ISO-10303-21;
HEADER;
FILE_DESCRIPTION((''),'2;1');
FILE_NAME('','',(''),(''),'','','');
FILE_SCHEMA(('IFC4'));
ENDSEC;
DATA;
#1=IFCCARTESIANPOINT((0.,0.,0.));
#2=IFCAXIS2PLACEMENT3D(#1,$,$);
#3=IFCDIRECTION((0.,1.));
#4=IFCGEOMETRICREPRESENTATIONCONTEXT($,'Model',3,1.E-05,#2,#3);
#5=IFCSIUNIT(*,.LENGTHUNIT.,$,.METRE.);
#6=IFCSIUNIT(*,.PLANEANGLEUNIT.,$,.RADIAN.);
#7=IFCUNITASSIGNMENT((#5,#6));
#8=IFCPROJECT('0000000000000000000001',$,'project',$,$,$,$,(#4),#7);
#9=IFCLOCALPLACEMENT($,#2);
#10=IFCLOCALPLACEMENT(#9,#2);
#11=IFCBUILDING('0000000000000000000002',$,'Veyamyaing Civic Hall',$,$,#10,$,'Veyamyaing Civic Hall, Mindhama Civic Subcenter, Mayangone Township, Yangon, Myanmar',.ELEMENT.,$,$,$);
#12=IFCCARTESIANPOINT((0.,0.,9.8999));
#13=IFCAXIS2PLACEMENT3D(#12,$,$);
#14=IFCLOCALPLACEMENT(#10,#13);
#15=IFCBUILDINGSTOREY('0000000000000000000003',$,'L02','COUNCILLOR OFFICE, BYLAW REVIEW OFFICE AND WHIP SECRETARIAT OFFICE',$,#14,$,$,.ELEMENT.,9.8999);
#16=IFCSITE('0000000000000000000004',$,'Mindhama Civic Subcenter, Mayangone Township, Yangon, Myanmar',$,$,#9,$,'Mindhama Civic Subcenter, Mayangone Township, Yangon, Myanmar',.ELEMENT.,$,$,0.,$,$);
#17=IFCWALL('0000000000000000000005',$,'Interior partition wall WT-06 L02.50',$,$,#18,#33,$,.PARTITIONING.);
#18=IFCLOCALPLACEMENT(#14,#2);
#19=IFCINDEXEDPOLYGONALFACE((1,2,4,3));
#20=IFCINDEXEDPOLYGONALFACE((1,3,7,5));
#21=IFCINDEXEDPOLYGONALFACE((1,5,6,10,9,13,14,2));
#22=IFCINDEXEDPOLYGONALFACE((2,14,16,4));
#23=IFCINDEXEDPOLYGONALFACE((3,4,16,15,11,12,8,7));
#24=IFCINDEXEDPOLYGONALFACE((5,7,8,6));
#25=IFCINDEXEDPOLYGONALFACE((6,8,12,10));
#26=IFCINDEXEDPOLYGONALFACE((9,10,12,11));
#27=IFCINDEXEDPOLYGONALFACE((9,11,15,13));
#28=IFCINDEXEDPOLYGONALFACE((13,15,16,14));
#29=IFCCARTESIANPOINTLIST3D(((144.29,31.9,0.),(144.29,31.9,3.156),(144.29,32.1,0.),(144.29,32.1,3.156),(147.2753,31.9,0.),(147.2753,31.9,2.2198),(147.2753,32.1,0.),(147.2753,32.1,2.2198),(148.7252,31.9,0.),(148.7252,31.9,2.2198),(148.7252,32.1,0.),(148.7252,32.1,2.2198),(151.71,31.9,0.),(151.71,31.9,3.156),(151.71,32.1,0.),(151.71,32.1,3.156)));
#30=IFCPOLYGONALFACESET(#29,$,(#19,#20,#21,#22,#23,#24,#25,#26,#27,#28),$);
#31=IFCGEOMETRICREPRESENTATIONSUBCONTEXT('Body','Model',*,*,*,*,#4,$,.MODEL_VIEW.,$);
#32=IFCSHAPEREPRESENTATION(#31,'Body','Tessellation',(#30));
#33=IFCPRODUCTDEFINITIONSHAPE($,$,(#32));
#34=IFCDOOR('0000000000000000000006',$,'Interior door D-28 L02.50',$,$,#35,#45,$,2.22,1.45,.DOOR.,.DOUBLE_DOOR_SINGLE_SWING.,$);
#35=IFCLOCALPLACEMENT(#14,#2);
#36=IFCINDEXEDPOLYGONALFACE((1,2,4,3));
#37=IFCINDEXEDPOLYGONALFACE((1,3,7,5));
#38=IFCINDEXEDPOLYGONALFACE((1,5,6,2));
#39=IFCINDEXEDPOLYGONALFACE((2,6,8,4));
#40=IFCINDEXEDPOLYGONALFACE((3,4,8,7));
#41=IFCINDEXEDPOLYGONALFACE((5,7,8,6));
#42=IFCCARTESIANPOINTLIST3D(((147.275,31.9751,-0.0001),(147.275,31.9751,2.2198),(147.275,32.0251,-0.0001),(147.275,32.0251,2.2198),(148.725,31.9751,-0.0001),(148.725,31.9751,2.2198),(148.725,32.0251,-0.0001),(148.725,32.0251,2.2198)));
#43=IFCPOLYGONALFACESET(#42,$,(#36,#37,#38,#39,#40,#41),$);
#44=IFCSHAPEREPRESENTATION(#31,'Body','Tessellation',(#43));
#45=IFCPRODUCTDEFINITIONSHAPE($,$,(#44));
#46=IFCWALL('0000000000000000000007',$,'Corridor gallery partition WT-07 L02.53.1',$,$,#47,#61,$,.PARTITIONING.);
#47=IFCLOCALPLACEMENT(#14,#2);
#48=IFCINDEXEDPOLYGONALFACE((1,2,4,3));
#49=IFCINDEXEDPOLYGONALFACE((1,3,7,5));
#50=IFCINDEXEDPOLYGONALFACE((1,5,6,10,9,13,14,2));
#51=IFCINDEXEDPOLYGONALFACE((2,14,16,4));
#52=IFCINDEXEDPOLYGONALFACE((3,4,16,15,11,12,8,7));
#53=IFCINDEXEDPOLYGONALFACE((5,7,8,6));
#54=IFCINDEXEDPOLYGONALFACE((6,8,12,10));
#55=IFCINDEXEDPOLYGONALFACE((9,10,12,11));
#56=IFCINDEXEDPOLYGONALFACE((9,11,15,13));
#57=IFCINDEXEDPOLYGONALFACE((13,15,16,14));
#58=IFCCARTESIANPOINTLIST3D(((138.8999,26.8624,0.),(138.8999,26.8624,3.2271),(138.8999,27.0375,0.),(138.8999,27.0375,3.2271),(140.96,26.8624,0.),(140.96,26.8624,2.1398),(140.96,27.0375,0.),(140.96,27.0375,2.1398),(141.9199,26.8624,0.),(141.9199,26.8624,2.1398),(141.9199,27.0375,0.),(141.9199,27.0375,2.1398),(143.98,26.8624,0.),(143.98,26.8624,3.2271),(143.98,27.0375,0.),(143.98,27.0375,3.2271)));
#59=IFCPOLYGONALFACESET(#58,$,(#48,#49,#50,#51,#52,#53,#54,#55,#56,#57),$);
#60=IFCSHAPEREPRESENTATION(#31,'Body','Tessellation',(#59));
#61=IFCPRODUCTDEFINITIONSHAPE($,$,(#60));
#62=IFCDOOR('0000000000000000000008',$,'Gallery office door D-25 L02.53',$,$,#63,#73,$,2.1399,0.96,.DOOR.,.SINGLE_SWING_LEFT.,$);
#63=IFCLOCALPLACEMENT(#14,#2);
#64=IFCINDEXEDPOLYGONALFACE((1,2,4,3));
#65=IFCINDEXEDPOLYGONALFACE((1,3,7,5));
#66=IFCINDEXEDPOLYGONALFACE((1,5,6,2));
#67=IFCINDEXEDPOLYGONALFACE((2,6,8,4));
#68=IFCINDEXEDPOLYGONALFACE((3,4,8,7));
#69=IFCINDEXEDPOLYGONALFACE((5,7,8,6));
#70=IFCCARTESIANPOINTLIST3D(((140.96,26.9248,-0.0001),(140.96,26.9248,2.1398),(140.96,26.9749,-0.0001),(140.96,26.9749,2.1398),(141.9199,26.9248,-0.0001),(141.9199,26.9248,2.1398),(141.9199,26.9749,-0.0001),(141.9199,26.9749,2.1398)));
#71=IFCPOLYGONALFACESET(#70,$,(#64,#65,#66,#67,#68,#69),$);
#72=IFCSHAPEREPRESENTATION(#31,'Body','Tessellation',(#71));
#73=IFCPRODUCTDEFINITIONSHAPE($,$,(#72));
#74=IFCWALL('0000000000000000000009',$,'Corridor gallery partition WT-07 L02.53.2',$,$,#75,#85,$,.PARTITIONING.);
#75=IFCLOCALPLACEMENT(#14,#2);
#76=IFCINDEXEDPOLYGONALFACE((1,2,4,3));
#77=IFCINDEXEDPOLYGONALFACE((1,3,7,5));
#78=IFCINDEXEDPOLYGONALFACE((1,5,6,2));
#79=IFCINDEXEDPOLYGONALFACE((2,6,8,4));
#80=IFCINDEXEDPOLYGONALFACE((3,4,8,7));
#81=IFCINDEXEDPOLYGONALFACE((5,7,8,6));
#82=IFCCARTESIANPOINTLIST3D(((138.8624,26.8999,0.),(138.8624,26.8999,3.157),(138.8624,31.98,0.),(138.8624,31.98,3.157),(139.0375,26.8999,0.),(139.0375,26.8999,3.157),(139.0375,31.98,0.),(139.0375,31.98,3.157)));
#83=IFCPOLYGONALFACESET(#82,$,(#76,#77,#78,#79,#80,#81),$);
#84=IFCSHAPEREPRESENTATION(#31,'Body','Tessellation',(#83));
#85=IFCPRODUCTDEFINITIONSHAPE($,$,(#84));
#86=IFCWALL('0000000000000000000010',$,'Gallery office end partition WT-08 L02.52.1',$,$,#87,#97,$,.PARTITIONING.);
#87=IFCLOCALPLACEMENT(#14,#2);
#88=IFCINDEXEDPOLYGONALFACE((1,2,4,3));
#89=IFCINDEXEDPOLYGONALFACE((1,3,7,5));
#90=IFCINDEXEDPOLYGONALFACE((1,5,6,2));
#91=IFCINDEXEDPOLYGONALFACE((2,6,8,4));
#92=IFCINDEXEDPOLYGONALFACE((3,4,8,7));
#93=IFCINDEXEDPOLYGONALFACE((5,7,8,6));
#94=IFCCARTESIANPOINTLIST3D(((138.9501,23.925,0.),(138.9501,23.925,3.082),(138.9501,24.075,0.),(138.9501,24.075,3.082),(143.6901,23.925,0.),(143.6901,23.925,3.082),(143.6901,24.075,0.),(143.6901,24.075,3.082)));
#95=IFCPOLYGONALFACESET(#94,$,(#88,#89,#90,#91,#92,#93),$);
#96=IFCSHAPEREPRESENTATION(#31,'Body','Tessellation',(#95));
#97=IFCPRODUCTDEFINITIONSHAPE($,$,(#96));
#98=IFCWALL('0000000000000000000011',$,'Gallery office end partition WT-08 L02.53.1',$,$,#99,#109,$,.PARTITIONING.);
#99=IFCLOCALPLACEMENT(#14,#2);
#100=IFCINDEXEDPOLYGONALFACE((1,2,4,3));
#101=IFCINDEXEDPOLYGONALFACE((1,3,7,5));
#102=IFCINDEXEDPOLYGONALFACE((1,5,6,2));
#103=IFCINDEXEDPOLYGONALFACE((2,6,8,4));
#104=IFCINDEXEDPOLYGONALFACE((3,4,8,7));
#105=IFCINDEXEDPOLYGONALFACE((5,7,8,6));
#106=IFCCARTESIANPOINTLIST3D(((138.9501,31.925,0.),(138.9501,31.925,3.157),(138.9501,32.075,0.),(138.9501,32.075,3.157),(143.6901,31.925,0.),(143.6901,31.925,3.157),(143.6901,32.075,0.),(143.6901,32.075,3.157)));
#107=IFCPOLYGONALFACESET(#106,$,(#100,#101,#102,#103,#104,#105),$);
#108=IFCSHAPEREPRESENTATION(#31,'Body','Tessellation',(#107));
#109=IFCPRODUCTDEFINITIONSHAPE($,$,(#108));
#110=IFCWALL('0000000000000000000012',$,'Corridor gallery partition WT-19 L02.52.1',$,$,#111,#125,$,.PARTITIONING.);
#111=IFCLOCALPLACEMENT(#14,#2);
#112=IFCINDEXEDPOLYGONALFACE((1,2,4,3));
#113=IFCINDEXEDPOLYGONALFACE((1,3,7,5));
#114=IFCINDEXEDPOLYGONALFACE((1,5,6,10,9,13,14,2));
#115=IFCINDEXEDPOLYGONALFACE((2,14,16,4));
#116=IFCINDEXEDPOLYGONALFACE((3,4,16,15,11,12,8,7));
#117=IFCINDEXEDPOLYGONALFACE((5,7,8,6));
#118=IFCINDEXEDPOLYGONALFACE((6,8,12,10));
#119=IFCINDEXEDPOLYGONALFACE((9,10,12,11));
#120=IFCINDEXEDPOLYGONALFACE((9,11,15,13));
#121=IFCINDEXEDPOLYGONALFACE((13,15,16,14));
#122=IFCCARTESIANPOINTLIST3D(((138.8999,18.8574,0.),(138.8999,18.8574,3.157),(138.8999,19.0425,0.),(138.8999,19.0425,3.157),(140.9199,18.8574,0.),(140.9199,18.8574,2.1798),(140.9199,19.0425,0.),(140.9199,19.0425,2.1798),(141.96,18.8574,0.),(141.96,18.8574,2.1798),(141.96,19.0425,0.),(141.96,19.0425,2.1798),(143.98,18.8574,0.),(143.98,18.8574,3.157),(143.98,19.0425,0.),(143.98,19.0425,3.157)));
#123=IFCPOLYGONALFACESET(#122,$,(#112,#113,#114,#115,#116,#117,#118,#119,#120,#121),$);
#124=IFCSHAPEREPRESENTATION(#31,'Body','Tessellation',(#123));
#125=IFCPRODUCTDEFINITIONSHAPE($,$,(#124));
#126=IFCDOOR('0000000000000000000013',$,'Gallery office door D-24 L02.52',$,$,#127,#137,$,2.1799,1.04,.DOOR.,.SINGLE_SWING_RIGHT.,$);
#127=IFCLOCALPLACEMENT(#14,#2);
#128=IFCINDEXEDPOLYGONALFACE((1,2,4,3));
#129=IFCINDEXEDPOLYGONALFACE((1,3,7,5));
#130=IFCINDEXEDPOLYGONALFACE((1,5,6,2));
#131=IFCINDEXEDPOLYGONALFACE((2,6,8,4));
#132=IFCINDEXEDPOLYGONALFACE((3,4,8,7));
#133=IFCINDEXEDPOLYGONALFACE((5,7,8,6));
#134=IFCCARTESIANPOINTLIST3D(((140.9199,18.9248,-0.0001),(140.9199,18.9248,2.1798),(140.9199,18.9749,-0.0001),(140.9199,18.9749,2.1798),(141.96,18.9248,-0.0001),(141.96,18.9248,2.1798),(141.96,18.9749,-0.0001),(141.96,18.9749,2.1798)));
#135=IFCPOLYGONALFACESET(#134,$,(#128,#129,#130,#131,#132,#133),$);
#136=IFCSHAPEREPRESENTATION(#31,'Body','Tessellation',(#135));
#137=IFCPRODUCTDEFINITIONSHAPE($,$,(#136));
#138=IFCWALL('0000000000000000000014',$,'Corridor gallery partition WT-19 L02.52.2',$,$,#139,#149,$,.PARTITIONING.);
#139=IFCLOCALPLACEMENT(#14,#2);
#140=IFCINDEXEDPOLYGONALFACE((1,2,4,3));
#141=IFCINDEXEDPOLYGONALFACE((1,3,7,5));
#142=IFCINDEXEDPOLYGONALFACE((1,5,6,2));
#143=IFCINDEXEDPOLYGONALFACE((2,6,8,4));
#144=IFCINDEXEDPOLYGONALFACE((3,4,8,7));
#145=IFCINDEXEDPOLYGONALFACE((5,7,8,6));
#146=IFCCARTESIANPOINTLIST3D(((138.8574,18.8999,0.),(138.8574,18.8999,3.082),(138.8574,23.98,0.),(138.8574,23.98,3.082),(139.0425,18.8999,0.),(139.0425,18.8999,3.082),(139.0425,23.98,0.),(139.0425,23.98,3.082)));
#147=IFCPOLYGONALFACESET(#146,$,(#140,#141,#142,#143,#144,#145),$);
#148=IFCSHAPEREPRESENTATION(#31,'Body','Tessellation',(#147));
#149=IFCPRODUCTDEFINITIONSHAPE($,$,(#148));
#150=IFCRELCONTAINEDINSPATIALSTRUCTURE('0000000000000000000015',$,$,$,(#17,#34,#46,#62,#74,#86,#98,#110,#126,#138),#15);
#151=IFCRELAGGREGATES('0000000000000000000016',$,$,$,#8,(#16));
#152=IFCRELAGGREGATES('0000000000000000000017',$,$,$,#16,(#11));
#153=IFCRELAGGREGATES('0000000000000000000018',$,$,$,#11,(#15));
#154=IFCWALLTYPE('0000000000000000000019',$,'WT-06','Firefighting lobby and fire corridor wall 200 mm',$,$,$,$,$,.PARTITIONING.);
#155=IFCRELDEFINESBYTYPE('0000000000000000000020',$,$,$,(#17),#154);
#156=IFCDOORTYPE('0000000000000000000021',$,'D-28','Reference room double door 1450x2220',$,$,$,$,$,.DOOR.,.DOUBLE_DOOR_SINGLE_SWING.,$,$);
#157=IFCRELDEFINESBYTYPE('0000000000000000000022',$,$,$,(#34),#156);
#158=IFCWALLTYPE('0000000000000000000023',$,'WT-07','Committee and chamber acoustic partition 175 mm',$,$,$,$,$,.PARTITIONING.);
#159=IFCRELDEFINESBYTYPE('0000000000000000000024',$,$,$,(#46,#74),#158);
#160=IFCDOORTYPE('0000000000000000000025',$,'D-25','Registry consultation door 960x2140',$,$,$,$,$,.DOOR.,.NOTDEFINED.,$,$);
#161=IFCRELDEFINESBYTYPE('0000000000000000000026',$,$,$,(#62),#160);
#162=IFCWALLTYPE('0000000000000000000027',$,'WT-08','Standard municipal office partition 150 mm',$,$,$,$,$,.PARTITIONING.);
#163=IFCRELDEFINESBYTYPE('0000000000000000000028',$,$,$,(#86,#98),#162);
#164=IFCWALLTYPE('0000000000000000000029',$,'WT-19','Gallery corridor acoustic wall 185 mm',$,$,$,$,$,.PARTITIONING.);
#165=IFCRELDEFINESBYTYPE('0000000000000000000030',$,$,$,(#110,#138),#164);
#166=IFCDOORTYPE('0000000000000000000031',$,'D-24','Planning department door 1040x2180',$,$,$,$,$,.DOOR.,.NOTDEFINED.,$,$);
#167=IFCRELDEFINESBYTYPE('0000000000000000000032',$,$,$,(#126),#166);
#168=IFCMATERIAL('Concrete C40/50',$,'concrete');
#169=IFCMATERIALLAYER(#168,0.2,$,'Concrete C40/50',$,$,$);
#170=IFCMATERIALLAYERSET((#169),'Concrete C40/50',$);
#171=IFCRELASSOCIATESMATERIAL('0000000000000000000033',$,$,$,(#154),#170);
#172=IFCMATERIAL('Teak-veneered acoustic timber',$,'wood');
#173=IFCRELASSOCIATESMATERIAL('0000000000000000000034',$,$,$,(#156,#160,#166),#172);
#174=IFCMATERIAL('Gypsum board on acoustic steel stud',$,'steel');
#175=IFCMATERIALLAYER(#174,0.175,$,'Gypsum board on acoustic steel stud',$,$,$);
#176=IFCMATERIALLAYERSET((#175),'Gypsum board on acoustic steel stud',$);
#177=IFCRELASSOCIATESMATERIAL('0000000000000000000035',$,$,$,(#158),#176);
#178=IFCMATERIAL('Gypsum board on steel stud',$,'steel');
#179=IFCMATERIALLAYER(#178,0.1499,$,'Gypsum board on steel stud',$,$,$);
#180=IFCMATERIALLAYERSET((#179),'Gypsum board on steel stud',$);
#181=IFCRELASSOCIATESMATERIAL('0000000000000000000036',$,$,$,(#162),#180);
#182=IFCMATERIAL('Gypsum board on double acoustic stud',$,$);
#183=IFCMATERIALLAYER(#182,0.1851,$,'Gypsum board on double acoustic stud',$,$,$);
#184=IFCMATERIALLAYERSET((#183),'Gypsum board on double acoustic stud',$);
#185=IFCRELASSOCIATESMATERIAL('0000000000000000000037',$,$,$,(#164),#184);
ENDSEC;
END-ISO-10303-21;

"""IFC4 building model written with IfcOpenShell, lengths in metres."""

from ifc_helpers import new_model, si_unit, direction, frame, frame_2d, origin, place, context, subcontext, project, spatial, rectangle, extrude, material, layer, layer_set, type_object, element, fill, save


model = new_model("IFC4")

# Units and contexts
model_context = context("Model", 3, precision=1e-05, world=origin(), true_north=direction((0.0, 1.0)))
body_context = subcontext(model_context, "Body", "Model", "MODEL_VIEW")
ifc_project = project(units=[si_unit("LENGTHUNIT", "METRE"), si_unit("PLANEANGLEUNIT", "RADIAN")], contexts=[model_context])

# Site, building, storey
site_placement = place(None, origin())
site = spatial("IfcSite", under=ifc_project, at=site_placement, Name="Mindhama Civic Subcenter, Mayangone Township, Yangon, Myanmar", LongName="Mindhama Civic Subcenter, Mayangone Township, Yangon, Myanmar", CompositionType="ELEMENT", RefElevation=0.0)
building_placement = place(site_placement, origin())
building = spatial("IfcBuilding", under=site, at=building_placement, Name="Veyamyaing Civic Hall", LongName="Veyamyaing Civic Hall, Mindhama Civic Subcenter, Mayangone Township, Yangon, Myanmar", CompositionType="ELEMENT")
storey_placement = place(building_placement, frame((0.0, 0.0, 9.8999)))
storey = spatial("IfcBuildingStorey", under=building, at=storey_placement, Name="L02", Description="COUNCILLOR OFFICE, BYLAW REVIEW OFFICE AND WHIP SECRETARIAT OFFICE", CompositionType="ELEMENT", Elevation=9.8999)

# Walls, openings, doors
ifc_material_1 = material(Name="Concrete C40/50", Category="concrete")
ifc_layer_1 = layer(ifc_material_1, 0.2, Name="Concrete C40/50")
ifc_layer_set_1 = layer_set([ifc_layer_1], Name="Concrete C40/50")
wall_type_1 = type_object("IfcWallType", Name="WT-06", Description="Firefighting lobby and fire corridor wall 200 mm", PredefinedType="PARTITIONING", material=ifc_layer_set_1)
ifc_material_2 = material(Name="Teak-veneered acoustic timber", Category="wood")
wall_1_placement = place(storey_placement, frame((144.29, 32.0, 0.0), z_axis=(0.0, 0.0, 1.0), x_axis=(1.0, 0.0, 0.0)))
wall_1 = element("IfcWall", 1, at=wall_1_placement, inside=storey, type_object=wall_type_1, Name="Interior partition wall WT-06 L02.50", PredefinedType="PARTITIONING", context=body_context, shape_type="SweptSolid", body=[
    extrude(rectangle(XDim=7.4199, YDim=0.2, at=frame_2d((3.71, 0.0))), origin(), (0.0, 0.0, 1.0), 3.156),
])
opening_1_placement = place(wall_1_placement, frame((2.9851, 0.0, 0.0)))
opening_1 = element("IfcOpeningElement", 2, at=opening_1_placement, cuts=wall_1, PredefinedType="OPENING", context=body_context, shape_type="SweptSolid", body=[
    extrude(rectangle(XDim=1.45, YDim=2.22, at=frame_2d((0.7251, 1.1099))), frame((0.0, 0.1099, 0.0), z_axis=(0.0, -1.0, 0.0), x_axis=(1.0, 0.0, 0.0)), (0.0, 0.0, 1.0), 0.22),
])
door_type_1 = type_object("IfcDoorType", Name="D-28", Description="Reference room double door 1450x2220", OperationType="DOUBLE_DOOR_SINGLE_SWING", PredefinedType="DOOR", material=ifc_material_2)
door_1_placement = place(opening_1_placement, frame((1.45, 0.0, 0.0), z_axis=(0.0, 0.0, 1.0), x_axis=(-1.0, 0.0, 0.0)))
door_1 = element("IfcDoor", 3, at=door_1_placement, inside=storey, type_object=door_type_1, Name="Interior door D-28 L02.50", OperationType="DOUBLE_DOOR_SINGLE_SWING", OverallHeight=2.22, OverallWidth=1.45, PredefinedType="DOOR", context=body_context, shape_type="SweptSolid", body=[
    extrude(rectangle(XDim=1.45, YDim=2.22, at=frame_2d((0.7251, 1.1099))), frame((0.0, 0.0249, 0.0), z_axis=(0.0, -1.0, 0.0), x_axis=(1.0, 0.0, 0.0)), (0.0, 0.0, 1.0), 0.05),
])
fill(opening_1, door_1)
ifc_material_3 = material(Name="Gypsum board on acoustic steel stud", Category="steel")
ifc_layer_2 = layer(ifc_material_3, 0.175, Name="Gypsum board on acoustic steel stud")
ifc_layer_set_2 = layer_set([ifc_layer_2], Name="Gypsum board on acoustic steel stud")
wall_type_2 = type_object("IfcWallType", Name="WT-07", Description="Committee and chamber acoustic partition 175 mm", PredefinedType="PARTITIONING", material=ifc_layer_set_2)
wall_2_placement = place(storey_placement, frame((138.8999, 26.95, 0.0), z_axis=(0.0, 0.0, 1.0), x_axis=(1.0, 0.0, 0.0)))
wall_2 = element("IfcWall", 4, at=wall_2_placement, inside=storey, type_object=wall_type_2, Name="Corridor gallery partition WT-07 L02.53.1", PredefinedType="PARTITIONING", context=body_context, shape_type="SweptSolid", body=[
    extrude(rectangle(XDim=5.0801, YDim=0.175, at=frame_2d((2.54, 0.0))), origin(), (0.0, 0.0, 1.0), 3.2271),
])
opening_2_placement = place(wall_2_placement, frame((2.0601, 0.0, 0.0)))
opening_2 = element("IfcOpeningElement", 5, at=opening_2_placement, cuts=wall_2, PredefinedType="OPENING", context=body_context, shape_type="SweptSolid", body=[
    extrude(rectangle(XDim=0.96, YDim=2.1399, at=frame_2d((0.48, 1.0698))), frame((0.0, 0.0974, 0.0), z_axis=(0.0, -1.0, 0.0), x_axis=(1.0, 0.0, 0.0)), (0.0, 0.0, 1.0), 0.1951),
])
door_type_2 = type_object("IfcDoorType", Name="D-25", Description="Registry consultation door 960x2140", OperationType="NOTDEFINED", PredefinedType="DOOR", material=ifc_material_2)
door_2_placement = place(opening_2_placement, origin())
door_2 = element("IfcDoor", 6, at=door_2_placement, inside=storey, type_object=door_type_2, Name="Gallery office door D-25 L02.53", OperationType="SINGLE_SWING_LEFT", OverallHeight=2.1399, OverallWidth=0.96, PredefinedType="DOOR", context=body_context, shape_type="SweptSolid", body=[
    extrude(rectangle(XDim=0.96, YDim=2.1399, at=frame_2d((0.48, 1.0698))), frame((0.0, 0.0249, 0.0), z_axis=(0.0, -1.0, 0.0), x_axis=(1.0, 0.0, 0.0)), (0.0, 0.0, 1.0), 0.05),
])
fill(opening_2, door_2)

# Walls
wall_3_placement = place(storey_placement, frame((138.95, 26.8999, 0.0), z_axis=(0.0, 0.0, 1.0), x_axis=(0.0, 1.0, 0.0)))
element("IfcWall", 7, at=wall_3_placement, inside=storey, type_object=wall_type_2, Name="Corridor gallery partition WT-07 L02.53.2", PredefinedType="PARTITIONING", context=body_context, shape_type="SweptSolid", body=[
    extrude(rectangle(XDim=5.0801, YDim=0.175, at=frame_2d((2.54, 0.0))), origin(), (0.0, 0.0, 1.0), 3.157),
])
ifc_material_4 = material(Name="Gypsum board on steel stud", Category="steel")
ifc_layer_3 = layer(ifc_material_4, 0.1499, Name="Gypsum board on steel stud")
ifc_layer_set_3 = layer_set([ifc_layer_3], Name="Gypsum board on steel stud")
wall_type_3 = type_object("IfcWallType", Name="WT-08", Description="Standard municipal office partition 150 mm", PredefinedType="PARTITIONING", material=ifc_layer_set_3)
wall_4_placement = place(storey_placement, frame((138.95, 24.0, 0.0), z_axis=(0.0, 0.0, 1.0), x_axis=(1.0, 0.0, 0.0)))
element("IfcWall", 8, at=wall_4_placement, inside=storey, type_object=wall_type_3, Name="Gallery office end partition WT-08 L02.52.1", PredefinedType="PARTITIONING", context=body_context, shape_type="SweptSolid", body=[
    extrude(rectangle(XDim=4.74, YDim=0.1499, at=frame_2d((2.3701, 0.0))), origin(), (0.0, 0.0, 1.0), 3.082),
])
wall_5_placement = place(storey_placement, frame((138.95, 32.0, 0.0), z_axis=(0.0, 0.0, 1.0), x_axis=(1.0, 0.0, 0.0)))
element("IfcWall", 9, at=wall_5_placement, inside=storey, type_object=wall_type_3, Name="Gallery office end partition WT-08 L02.53.1", PredefinedType="PARTITIONING", context=body_context, shape_type="SweptSolid", body=[
    extrude(rectangle(XDim=4.74, YDim=0.1499, at=frame_2d((2.3701, 0.0))), origin(), (0.0, 0.0, 1.0), 3.157),
])

# Wall, opening, door
ifc_material_5 = material(Name="Gypsum board on double acoustic stud")
ifc_layer_4 = layer(ifc_material_5, 0.1851, Name="Gypsum board on double acoustic stud")
ifc_layer_set_4 = layer_set([ifc_layer_4], Name="Gypsum board on double acoustic stud")
wall_type_4 = type_object("IfcWallType", Name="WT-19", Description="Gallery corridor acoustic wall 185 mm", PredefinedType="PARTITIONING", material=ifc_layer_set_4)
wall_6_placement = place(storey_placement, frame((138.8999, 18.95, 0.0), z_axis=(0.0, 0.0, 1.0), x_axis=(1.0, 0.0, 0.0)))
wall_6 = element("IfcWall", 10, at=wall_6_placement, inside=storey, type_object=wall_type_4, Name="Corridor gallery partition WT-19 L02.52.1", PredefinedType="PARTITIONING", context=body_context, shape_type="SweptSolid", body=[
    extrude(rectangle(XDim=5.0801, YDim=0.1851, at=frame_2d((2.54, 0.0))), origin(), (0.0, 0.0, 1.0), 3.157),
])
opening_3_placement = place(wall_6_placement, frame((2.02, 0.0, 0.0)))
opening_3 = element("IfcOpeningElement", 11, at=opening_3_placement, cuts=wall_6, PredefinedType="OPENING", context=body_context, shape_type="SweptSolid", body=[
    extrude(rectangle(XDim=1.04, YDim=2.1799, at=frame_2d((0.52, 1.0898))), frame((0.0, 0.1025, 0.0), z_axis=(0.0, -1.0, 0.0), x_axis=(1.0, 0.0, 0.0)), (0.0, 0.0, 1.0), 0.2051),
])
door_type_3 = type_object("IfcDoorType", Name="D-24", Description="Planning department door 1040x2180", OperationType="NOTDEFINED", PredefinedType="DOOR", material=ifc_material_2)
door_3_placement = place(opening_3_placement, origin())
door_3 = element("IfcDoor", 12, at=door_3_placement, inside=storey, type_object=door_type_3, Name="Gallery office door D-24 L02.52", OperationType="SINGLE_SWING_RIGHT", OverallHeight=2.1799, OverallWidth=1.04, PredefinedType="DOOR", context=body_context, shape_type="SweptSolid", body=[
    extrude(rectangle(XDim=1.04, YDim=2.1799, at=frame_2d((0.52, 1.0898))), frame((0.0, 0.0249, 0.0), z_axis=(0.0, -1.0, 0.0), x_axis=(1.0, 0.0, 0.0)), (0.0, 0.0, 1.0), 0.05),
])
fill(opening_3, door_3)

# Wall
wall_7_placement = place(storey_placement, frame((138.95, 18.8999, 0.0), z_axis=(0.0, 0.0, 1.0), x_axis=(0.0, 1.0, 0.0)))
element("IfcWall", 13, at=wall_7_placement, inside=storey, type_object=wall_type_4, Name="Corridor gallery partition WT-19 L02.52.2", PredefinedType="PARTITIONING", context=body_context, shape_type="SweptSolid", body=[
    extrude(rectangle(XDim=5.0801, YDim=0.1851, at=frame_2d((2.54, 0.0))), origin(), (0.0, 0.0, 1.0), 3.082),
])

save(model, "model.ifc")
